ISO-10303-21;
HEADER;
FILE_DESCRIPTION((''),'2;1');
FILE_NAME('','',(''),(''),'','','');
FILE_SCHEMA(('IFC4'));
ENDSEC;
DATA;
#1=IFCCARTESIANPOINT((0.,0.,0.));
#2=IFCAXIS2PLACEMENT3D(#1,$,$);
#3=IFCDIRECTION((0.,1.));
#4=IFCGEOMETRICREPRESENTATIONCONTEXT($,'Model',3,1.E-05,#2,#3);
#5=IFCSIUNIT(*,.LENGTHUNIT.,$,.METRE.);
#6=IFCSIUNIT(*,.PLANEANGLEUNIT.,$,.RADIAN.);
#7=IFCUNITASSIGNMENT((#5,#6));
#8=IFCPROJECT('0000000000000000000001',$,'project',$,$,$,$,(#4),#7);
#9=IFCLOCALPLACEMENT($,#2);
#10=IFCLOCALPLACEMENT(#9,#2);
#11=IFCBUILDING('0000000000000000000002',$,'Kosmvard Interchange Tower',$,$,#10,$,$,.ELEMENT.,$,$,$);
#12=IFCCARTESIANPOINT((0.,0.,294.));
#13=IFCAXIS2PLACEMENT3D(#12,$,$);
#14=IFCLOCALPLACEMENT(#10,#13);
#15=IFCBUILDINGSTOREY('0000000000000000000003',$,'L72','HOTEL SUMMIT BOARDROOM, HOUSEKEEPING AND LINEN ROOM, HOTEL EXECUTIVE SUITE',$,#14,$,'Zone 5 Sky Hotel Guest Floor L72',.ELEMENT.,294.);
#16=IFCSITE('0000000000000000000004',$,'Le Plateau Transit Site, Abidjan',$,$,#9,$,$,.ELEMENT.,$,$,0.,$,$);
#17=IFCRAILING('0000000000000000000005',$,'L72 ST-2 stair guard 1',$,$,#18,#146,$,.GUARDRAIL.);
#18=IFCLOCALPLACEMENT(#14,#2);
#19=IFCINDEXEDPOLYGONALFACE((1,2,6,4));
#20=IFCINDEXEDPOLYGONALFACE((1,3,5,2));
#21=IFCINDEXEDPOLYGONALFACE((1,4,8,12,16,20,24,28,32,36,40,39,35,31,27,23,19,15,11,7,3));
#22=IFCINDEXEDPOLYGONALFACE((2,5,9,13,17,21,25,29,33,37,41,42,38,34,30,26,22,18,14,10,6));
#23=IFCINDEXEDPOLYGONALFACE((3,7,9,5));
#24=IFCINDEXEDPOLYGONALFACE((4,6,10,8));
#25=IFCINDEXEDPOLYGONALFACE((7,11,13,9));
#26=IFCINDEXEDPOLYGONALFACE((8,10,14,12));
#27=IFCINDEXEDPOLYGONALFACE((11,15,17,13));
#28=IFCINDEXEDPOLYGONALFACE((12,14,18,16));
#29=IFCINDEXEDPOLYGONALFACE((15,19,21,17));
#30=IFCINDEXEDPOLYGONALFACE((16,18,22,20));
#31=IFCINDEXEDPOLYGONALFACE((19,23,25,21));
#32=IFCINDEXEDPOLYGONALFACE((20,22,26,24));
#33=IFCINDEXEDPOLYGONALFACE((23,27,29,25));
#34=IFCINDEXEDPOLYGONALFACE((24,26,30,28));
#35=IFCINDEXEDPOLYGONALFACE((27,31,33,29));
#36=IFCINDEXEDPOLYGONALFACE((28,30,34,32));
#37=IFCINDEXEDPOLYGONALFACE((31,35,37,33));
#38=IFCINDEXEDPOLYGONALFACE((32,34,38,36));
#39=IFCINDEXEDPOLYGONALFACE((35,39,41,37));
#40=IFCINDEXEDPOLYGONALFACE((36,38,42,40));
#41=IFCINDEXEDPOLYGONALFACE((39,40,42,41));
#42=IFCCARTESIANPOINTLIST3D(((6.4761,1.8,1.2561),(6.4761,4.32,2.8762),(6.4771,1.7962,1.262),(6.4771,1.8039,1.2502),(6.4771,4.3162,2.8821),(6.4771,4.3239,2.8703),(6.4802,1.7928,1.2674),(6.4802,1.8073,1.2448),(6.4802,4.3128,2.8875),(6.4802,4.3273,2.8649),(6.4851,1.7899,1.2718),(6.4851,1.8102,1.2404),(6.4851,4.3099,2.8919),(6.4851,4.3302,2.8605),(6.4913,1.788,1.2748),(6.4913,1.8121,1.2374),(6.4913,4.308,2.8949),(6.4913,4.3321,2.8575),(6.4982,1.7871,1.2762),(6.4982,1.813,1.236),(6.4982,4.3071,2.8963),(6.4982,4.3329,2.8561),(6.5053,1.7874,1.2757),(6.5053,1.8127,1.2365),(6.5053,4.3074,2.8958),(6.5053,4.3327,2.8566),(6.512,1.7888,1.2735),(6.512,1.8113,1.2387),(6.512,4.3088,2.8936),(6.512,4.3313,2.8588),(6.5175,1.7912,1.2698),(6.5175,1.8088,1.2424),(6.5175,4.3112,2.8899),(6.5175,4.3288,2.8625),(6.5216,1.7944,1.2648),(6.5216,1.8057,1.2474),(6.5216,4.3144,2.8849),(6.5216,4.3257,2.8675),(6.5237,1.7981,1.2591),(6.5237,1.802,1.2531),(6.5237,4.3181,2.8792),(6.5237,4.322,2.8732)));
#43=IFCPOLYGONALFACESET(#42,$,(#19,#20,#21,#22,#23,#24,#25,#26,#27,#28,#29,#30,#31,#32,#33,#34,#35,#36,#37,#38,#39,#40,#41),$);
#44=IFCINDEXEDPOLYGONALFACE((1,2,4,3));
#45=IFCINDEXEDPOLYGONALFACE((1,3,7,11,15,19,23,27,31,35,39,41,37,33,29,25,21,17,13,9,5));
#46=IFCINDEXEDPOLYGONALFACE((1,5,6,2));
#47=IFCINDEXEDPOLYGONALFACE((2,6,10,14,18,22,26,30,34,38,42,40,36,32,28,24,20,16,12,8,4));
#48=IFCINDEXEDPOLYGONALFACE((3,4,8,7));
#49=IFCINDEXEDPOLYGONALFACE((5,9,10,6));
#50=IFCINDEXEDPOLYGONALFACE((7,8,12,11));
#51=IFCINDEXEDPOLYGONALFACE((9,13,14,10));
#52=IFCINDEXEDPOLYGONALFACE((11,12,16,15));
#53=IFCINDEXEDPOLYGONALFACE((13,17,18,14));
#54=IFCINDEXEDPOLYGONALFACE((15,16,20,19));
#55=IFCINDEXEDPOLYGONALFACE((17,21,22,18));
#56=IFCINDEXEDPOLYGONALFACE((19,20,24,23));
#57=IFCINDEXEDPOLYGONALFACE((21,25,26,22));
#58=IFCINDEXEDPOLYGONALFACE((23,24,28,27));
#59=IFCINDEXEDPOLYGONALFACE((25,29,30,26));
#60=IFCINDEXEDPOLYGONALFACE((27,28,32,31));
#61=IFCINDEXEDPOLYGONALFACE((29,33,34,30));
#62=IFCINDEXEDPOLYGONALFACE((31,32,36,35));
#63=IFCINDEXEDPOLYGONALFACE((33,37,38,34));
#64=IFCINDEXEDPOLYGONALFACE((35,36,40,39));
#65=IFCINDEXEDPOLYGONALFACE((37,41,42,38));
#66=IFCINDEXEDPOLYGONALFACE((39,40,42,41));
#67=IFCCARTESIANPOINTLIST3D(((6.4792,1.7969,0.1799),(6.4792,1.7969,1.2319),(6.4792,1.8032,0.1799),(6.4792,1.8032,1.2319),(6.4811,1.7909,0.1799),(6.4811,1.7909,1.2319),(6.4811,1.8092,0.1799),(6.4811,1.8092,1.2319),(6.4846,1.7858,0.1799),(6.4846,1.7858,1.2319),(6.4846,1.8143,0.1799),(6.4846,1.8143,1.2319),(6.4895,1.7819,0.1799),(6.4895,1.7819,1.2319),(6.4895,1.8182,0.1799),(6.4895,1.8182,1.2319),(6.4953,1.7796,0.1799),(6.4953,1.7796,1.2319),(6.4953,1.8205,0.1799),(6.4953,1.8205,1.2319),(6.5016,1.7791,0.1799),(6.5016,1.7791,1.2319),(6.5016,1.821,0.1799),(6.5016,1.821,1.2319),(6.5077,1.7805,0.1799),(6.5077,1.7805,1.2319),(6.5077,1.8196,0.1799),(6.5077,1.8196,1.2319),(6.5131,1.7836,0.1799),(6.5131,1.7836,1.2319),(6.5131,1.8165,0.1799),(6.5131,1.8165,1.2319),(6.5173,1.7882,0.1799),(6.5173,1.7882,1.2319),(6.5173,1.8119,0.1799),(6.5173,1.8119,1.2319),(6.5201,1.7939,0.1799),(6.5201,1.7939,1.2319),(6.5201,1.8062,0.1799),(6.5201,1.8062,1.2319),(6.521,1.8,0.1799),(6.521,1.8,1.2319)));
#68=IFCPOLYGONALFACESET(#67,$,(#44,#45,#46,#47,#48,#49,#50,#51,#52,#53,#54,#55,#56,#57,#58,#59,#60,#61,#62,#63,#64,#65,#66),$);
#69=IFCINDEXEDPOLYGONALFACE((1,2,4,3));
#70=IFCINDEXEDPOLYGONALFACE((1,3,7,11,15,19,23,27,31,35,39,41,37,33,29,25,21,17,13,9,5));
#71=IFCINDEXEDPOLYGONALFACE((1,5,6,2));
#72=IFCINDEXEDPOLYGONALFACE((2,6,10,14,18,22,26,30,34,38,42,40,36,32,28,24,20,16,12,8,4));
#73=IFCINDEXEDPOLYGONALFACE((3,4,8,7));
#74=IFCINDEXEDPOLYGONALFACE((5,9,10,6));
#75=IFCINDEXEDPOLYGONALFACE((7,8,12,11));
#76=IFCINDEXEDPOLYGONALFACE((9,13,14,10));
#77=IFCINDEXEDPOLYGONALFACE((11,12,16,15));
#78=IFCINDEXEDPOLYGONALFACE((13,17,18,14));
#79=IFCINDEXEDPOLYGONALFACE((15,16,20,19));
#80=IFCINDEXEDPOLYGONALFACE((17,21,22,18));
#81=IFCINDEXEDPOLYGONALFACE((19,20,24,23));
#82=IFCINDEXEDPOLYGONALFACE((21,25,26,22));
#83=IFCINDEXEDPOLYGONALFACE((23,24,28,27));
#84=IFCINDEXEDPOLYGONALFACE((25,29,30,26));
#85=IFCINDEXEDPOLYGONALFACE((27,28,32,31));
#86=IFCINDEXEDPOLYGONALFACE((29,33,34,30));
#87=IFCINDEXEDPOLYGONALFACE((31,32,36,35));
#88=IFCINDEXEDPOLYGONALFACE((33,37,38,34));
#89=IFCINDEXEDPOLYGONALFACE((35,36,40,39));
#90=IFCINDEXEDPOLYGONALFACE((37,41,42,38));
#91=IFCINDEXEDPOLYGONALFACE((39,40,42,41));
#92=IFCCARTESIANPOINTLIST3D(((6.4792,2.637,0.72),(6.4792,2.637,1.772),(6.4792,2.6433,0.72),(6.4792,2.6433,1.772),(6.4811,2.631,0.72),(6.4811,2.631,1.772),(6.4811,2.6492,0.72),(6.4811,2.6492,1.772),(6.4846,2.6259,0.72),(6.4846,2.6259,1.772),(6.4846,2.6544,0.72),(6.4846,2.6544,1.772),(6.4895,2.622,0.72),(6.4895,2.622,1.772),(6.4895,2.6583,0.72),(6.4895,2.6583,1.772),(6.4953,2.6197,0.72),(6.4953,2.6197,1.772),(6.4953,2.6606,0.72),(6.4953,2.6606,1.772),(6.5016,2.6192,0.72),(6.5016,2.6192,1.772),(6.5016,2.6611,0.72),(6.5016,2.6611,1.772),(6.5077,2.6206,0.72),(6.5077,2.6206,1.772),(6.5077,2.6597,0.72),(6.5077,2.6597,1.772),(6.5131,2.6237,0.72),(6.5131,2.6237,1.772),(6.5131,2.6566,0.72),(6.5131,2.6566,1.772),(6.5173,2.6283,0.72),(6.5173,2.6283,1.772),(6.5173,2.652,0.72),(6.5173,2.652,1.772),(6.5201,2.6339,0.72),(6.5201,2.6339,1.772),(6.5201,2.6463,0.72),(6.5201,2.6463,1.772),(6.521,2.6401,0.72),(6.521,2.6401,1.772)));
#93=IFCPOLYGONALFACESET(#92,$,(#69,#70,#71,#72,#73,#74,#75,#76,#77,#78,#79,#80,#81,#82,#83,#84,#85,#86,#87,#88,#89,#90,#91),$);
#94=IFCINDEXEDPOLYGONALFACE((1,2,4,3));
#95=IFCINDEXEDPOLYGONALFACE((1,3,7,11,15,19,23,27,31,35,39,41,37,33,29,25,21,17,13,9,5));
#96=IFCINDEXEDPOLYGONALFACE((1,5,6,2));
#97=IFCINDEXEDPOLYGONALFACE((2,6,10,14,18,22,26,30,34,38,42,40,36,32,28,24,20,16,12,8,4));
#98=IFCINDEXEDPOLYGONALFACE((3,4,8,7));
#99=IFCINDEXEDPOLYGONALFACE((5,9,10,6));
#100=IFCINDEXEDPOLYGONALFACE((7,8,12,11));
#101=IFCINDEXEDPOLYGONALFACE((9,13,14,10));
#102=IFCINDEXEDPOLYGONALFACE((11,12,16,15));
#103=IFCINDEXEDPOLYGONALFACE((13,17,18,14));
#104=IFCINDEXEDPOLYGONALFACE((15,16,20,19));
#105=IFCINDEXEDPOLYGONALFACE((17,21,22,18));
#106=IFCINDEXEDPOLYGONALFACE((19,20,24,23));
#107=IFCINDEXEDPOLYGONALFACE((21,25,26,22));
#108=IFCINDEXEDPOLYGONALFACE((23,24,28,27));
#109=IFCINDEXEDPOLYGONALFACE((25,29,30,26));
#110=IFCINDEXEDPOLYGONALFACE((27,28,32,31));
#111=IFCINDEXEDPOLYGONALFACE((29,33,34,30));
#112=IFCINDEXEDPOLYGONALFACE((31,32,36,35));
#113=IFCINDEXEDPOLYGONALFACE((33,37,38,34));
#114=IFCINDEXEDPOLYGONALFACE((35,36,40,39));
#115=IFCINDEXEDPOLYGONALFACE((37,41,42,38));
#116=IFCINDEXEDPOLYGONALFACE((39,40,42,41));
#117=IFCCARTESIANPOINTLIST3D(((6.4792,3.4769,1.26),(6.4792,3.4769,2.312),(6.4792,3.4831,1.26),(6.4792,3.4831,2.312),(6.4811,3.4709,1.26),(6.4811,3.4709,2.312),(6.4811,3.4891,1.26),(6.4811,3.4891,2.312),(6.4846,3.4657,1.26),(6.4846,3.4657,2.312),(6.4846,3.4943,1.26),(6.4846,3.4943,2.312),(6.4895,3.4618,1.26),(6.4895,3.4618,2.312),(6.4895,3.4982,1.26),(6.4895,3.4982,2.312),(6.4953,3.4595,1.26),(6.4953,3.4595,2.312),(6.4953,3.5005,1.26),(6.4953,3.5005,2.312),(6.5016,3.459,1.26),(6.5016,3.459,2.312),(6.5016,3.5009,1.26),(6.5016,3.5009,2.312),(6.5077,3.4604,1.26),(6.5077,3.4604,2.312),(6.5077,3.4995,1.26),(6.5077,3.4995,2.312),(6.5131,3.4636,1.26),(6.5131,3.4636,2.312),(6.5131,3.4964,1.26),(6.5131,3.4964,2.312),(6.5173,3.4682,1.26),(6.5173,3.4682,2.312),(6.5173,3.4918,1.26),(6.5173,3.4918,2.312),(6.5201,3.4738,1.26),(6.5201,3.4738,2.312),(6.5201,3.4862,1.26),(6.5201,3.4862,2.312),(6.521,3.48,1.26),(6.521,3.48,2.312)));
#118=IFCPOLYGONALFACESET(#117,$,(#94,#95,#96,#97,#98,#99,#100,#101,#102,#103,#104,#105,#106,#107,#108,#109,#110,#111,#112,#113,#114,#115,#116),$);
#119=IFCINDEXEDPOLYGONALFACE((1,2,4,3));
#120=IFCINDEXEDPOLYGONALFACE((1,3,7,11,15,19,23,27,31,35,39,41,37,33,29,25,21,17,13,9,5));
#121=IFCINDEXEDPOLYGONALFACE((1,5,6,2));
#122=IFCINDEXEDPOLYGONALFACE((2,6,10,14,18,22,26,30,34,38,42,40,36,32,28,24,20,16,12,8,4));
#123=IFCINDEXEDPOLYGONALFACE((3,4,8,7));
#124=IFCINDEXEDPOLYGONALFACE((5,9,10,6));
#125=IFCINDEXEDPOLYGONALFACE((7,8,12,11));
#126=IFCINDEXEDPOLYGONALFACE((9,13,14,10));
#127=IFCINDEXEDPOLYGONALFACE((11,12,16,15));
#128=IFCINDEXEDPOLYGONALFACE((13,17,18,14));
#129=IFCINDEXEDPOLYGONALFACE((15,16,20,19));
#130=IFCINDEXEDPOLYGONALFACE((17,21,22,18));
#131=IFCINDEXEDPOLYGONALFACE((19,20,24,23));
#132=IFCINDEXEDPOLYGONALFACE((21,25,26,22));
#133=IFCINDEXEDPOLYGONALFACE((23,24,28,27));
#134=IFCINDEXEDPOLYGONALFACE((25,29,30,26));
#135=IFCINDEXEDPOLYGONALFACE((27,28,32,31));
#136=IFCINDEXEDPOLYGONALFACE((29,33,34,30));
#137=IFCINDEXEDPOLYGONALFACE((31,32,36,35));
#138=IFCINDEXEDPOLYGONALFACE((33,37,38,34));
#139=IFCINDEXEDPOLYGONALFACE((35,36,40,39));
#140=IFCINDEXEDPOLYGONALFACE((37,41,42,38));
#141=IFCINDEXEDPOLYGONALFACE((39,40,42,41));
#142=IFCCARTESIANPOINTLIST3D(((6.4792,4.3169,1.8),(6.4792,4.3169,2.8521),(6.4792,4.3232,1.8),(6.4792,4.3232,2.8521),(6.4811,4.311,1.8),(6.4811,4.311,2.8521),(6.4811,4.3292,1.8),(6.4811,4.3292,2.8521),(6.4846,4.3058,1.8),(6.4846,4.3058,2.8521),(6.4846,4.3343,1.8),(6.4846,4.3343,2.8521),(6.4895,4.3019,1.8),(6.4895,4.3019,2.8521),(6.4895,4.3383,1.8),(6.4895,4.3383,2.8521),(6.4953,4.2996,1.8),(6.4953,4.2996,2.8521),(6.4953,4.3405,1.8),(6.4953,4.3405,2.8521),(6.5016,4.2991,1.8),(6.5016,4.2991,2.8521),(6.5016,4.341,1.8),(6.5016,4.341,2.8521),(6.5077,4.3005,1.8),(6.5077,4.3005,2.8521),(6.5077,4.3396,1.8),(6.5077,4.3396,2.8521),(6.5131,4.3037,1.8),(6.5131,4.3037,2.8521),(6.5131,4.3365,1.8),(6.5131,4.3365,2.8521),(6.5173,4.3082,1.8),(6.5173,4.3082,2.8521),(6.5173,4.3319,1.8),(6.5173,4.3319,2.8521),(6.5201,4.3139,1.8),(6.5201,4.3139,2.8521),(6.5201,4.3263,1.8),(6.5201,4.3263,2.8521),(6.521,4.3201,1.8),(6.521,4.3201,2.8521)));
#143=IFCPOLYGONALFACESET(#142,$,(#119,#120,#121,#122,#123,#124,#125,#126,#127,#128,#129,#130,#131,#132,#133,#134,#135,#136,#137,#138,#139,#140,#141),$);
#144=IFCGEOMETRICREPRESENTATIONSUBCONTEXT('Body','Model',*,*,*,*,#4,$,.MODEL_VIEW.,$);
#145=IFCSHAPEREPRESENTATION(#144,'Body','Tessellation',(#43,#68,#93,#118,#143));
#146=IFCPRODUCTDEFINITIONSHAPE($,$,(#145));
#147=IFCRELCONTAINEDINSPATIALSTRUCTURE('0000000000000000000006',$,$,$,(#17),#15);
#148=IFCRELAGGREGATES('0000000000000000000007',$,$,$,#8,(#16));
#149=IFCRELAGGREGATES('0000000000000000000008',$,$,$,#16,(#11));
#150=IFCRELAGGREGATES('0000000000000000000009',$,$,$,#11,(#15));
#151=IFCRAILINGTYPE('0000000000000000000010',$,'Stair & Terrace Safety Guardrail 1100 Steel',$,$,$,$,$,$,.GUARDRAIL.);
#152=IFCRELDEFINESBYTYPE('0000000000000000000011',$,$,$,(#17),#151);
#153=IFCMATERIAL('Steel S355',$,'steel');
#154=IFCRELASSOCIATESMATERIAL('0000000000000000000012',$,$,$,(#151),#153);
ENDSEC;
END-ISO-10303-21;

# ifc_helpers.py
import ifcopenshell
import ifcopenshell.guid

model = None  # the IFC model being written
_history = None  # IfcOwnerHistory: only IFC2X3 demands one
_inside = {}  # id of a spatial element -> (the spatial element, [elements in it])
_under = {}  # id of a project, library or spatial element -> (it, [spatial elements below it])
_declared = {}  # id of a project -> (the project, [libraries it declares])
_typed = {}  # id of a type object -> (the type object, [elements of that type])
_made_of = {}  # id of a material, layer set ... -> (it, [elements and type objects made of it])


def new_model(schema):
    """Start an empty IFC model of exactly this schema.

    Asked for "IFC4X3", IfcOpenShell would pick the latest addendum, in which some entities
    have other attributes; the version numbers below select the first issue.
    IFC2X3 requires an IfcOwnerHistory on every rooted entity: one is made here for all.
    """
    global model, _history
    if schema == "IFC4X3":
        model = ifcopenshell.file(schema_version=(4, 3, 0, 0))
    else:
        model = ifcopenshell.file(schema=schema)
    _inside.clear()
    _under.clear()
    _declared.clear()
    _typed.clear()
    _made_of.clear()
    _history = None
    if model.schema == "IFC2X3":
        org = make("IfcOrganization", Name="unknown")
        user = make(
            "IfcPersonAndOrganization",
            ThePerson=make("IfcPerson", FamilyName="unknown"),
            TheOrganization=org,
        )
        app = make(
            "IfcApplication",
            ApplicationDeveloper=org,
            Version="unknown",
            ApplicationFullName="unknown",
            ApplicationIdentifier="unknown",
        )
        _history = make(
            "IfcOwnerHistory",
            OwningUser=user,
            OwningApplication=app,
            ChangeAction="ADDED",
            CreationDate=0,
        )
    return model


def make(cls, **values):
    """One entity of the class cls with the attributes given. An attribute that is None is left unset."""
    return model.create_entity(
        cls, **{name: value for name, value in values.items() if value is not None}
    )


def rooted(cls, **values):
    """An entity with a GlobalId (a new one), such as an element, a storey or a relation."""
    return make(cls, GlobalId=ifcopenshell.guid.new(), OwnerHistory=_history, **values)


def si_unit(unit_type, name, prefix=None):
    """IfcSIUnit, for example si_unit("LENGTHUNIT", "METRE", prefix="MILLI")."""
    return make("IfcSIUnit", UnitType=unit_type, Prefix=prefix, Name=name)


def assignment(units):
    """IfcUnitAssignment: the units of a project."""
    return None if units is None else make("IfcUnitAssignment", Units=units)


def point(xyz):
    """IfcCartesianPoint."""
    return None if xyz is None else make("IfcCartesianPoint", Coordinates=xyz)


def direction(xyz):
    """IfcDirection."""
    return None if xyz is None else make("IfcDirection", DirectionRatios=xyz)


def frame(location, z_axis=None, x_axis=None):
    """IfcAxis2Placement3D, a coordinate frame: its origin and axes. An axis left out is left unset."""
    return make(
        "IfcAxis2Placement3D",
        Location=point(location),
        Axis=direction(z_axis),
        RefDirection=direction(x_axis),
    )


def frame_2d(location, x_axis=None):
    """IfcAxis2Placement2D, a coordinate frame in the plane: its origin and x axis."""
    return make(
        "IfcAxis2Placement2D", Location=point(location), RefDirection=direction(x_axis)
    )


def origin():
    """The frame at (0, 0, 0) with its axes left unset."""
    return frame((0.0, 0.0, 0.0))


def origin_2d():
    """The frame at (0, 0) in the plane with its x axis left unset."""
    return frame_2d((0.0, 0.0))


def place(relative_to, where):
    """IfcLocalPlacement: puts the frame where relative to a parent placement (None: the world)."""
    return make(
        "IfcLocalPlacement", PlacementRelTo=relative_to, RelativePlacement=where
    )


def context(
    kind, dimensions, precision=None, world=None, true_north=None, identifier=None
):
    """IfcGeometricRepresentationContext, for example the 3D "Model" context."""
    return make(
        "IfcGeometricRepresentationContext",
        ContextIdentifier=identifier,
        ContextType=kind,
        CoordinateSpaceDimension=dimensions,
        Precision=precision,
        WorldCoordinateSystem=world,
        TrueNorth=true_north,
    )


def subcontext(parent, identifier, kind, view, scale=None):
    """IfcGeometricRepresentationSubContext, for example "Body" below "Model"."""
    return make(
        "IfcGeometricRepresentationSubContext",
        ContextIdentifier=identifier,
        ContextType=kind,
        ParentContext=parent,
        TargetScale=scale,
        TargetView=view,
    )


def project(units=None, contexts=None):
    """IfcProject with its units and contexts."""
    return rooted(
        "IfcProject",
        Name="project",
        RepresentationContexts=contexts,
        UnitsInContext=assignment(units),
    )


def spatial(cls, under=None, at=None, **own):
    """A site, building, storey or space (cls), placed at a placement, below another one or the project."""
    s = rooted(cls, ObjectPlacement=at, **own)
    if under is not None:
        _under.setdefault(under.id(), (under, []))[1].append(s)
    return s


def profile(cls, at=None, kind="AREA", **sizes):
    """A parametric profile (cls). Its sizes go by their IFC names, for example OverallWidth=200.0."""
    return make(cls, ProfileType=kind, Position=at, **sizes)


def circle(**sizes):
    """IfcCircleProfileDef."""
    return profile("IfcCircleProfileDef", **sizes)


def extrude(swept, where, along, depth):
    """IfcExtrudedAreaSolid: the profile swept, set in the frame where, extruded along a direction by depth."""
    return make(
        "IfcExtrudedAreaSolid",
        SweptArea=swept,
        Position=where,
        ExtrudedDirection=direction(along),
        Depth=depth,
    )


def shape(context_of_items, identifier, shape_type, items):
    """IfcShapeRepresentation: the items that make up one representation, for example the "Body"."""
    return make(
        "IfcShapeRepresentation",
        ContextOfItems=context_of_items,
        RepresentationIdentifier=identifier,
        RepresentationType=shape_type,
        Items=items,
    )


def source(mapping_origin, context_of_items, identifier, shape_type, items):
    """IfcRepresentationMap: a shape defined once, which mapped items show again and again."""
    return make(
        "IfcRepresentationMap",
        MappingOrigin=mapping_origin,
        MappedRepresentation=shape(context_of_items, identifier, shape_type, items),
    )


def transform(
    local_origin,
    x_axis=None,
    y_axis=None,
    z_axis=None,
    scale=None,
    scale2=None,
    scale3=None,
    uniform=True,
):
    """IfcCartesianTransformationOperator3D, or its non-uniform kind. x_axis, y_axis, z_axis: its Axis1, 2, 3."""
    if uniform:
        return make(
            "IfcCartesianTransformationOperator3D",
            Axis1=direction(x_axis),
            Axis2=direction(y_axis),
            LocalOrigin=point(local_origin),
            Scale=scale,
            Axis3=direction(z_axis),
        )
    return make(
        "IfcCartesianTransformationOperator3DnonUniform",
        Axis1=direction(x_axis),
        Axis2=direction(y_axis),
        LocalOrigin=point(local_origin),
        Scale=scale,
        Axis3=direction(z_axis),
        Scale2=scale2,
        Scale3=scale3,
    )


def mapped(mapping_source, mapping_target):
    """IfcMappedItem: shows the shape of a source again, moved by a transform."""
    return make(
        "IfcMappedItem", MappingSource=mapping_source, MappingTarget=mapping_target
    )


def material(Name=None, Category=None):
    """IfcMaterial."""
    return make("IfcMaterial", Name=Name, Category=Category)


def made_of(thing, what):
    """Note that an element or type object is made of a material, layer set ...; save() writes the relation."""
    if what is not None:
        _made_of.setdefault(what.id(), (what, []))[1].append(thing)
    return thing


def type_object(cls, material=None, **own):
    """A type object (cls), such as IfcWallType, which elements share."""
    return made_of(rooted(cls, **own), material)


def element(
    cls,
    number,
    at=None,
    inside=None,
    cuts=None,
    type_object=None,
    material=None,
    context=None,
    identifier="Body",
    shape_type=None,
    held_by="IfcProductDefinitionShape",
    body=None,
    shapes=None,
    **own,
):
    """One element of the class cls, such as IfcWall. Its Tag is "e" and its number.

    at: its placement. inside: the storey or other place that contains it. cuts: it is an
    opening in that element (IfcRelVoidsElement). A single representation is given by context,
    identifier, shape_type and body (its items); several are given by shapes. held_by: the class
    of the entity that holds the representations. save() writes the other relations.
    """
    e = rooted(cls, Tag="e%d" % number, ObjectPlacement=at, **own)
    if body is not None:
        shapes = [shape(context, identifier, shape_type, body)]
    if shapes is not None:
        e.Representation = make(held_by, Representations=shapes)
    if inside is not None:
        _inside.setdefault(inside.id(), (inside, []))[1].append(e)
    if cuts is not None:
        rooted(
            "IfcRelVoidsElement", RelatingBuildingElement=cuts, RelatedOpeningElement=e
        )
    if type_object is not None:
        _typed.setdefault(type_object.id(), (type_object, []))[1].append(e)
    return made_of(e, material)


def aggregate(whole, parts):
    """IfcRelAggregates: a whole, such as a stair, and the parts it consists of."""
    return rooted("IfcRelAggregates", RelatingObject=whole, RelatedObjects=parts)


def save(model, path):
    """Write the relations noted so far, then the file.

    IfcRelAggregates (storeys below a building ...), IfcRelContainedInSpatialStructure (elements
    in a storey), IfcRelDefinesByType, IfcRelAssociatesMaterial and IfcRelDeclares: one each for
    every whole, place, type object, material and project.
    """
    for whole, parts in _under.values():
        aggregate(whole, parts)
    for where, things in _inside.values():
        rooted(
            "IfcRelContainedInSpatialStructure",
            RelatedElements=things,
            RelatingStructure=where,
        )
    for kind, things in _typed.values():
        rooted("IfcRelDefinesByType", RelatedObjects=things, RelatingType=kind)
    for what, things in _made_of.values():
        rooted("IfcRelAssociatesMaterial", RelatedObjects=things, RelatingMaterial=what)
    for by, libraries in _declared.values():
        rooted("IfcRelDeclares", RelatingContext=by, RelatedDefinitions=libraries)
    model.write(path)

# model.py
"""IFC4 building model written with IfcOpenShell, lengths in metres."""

from ifc_helpers import new_model, si_unit, direction, frame, origin, origin_2d, place, context, subcontext, project, spatial, circle, extrude, source, transform, mapped, material, type_object, element, save


model = new_model("IFC4")

# Units and contexts
model_context = context("Model", 3, precision=1e-05, world=origin(), true_north=direction((0.0, 1.0)))
body_context = subcontext(model_context, "Body", "Model", "MODEL_VIEW")
ifc_project = project(units=[si_unit("LENGTHUNIT", "METRE"), si_unit("PLANEANGLEUNIT", "RADIAN")], contexts=[model_context])

# Site, building, storey
site_placement = place(None, origin())
site = spatial("IfcSite", under=ifc_project, at=site_placement, Name="Le Plateau Transit Site, Abidjan", CompositionType="ELEMENT", RefElevation=0.0)
building_placement = place(site_placement, origin())
building = spatial("IfcBuilding", under=site, at=building_placement, Name="Kosmvard Interchange Tower", CompositionType="ELEMENT")
storey_placement = place(building_placement, frame((0.0, 0.0, 294.0)))
storey = spatial("IfcBuildingStorey", under=building, at=storey_placement, Name="L72", Description="HOTEL SUMMIT BOARDROOM, HOUSEKEEPING AND LINEN ROOM, HOTEL EXECUTIVE SUITE", LongName="Zone 5 Sky Hotel Guest Floor L72", CompositionType="ELEMENT", Elevation=294.0)

# Railing
ifc_material_1 = material(Name="Steel S355", Category="steel")
railing_type_1 = type_object("IfcRailingType", Name="Stair & Terrace Safety Guardrail 1100 Steel", PredefinedType="GUARDRAIL", material=ifc_material_1)
shared_shape_1 = source(origin(), body_context, "Body", "SweptSolid", [
    extrude(circle(Radius=0.0239, at=origin_2d()), frame((0.0, 0.0, 1.0762), z_axis=(0.0, 0.841163, 0.540782), x_axis=(-1.0, 0.0, 0.0)), (0.0, 0.0, 1.0), 2.9958),
    extrude(circle(Radius=0.021, at=origin_2d()), origin(), (0.0, 0.0, 1.0), 1.052),
    extrude(circle(Radius=0.021, at=origin_2d()), frame((0.0, 0.8401, 0.54)), (0.0, 0.0, 1.0), 1.052),
    extrude(circle(Radius=0.021, at=origin_2d()), frame((0.0, 1.6799, 1.0801)), (0.0, 0.0, 1.0), 1.052),
    extrude(circle(Radius=0.021, at=origin_2d()), frame((0.0, 2.52, 1.6201)), (0.0, 0.0, 1.0), 1.052),
])
railing_1_placement = place(storey_placement, frame((6.5, 1.8, 0.1799)))
element("IfcRailing", 1, at=railing_1_placement, inside=storey, type_object=railing_type_1, Name="L72 ST-2 stair guard 1", PredefinedType="GUARDRAIL", context=body_context, shape_type="MappedRepresentation", body=[
    mapped(shared_shape_1, transform((0.0, 0.0, 0.0), scale=1.0)),
])

save(model, "model.ifc")
